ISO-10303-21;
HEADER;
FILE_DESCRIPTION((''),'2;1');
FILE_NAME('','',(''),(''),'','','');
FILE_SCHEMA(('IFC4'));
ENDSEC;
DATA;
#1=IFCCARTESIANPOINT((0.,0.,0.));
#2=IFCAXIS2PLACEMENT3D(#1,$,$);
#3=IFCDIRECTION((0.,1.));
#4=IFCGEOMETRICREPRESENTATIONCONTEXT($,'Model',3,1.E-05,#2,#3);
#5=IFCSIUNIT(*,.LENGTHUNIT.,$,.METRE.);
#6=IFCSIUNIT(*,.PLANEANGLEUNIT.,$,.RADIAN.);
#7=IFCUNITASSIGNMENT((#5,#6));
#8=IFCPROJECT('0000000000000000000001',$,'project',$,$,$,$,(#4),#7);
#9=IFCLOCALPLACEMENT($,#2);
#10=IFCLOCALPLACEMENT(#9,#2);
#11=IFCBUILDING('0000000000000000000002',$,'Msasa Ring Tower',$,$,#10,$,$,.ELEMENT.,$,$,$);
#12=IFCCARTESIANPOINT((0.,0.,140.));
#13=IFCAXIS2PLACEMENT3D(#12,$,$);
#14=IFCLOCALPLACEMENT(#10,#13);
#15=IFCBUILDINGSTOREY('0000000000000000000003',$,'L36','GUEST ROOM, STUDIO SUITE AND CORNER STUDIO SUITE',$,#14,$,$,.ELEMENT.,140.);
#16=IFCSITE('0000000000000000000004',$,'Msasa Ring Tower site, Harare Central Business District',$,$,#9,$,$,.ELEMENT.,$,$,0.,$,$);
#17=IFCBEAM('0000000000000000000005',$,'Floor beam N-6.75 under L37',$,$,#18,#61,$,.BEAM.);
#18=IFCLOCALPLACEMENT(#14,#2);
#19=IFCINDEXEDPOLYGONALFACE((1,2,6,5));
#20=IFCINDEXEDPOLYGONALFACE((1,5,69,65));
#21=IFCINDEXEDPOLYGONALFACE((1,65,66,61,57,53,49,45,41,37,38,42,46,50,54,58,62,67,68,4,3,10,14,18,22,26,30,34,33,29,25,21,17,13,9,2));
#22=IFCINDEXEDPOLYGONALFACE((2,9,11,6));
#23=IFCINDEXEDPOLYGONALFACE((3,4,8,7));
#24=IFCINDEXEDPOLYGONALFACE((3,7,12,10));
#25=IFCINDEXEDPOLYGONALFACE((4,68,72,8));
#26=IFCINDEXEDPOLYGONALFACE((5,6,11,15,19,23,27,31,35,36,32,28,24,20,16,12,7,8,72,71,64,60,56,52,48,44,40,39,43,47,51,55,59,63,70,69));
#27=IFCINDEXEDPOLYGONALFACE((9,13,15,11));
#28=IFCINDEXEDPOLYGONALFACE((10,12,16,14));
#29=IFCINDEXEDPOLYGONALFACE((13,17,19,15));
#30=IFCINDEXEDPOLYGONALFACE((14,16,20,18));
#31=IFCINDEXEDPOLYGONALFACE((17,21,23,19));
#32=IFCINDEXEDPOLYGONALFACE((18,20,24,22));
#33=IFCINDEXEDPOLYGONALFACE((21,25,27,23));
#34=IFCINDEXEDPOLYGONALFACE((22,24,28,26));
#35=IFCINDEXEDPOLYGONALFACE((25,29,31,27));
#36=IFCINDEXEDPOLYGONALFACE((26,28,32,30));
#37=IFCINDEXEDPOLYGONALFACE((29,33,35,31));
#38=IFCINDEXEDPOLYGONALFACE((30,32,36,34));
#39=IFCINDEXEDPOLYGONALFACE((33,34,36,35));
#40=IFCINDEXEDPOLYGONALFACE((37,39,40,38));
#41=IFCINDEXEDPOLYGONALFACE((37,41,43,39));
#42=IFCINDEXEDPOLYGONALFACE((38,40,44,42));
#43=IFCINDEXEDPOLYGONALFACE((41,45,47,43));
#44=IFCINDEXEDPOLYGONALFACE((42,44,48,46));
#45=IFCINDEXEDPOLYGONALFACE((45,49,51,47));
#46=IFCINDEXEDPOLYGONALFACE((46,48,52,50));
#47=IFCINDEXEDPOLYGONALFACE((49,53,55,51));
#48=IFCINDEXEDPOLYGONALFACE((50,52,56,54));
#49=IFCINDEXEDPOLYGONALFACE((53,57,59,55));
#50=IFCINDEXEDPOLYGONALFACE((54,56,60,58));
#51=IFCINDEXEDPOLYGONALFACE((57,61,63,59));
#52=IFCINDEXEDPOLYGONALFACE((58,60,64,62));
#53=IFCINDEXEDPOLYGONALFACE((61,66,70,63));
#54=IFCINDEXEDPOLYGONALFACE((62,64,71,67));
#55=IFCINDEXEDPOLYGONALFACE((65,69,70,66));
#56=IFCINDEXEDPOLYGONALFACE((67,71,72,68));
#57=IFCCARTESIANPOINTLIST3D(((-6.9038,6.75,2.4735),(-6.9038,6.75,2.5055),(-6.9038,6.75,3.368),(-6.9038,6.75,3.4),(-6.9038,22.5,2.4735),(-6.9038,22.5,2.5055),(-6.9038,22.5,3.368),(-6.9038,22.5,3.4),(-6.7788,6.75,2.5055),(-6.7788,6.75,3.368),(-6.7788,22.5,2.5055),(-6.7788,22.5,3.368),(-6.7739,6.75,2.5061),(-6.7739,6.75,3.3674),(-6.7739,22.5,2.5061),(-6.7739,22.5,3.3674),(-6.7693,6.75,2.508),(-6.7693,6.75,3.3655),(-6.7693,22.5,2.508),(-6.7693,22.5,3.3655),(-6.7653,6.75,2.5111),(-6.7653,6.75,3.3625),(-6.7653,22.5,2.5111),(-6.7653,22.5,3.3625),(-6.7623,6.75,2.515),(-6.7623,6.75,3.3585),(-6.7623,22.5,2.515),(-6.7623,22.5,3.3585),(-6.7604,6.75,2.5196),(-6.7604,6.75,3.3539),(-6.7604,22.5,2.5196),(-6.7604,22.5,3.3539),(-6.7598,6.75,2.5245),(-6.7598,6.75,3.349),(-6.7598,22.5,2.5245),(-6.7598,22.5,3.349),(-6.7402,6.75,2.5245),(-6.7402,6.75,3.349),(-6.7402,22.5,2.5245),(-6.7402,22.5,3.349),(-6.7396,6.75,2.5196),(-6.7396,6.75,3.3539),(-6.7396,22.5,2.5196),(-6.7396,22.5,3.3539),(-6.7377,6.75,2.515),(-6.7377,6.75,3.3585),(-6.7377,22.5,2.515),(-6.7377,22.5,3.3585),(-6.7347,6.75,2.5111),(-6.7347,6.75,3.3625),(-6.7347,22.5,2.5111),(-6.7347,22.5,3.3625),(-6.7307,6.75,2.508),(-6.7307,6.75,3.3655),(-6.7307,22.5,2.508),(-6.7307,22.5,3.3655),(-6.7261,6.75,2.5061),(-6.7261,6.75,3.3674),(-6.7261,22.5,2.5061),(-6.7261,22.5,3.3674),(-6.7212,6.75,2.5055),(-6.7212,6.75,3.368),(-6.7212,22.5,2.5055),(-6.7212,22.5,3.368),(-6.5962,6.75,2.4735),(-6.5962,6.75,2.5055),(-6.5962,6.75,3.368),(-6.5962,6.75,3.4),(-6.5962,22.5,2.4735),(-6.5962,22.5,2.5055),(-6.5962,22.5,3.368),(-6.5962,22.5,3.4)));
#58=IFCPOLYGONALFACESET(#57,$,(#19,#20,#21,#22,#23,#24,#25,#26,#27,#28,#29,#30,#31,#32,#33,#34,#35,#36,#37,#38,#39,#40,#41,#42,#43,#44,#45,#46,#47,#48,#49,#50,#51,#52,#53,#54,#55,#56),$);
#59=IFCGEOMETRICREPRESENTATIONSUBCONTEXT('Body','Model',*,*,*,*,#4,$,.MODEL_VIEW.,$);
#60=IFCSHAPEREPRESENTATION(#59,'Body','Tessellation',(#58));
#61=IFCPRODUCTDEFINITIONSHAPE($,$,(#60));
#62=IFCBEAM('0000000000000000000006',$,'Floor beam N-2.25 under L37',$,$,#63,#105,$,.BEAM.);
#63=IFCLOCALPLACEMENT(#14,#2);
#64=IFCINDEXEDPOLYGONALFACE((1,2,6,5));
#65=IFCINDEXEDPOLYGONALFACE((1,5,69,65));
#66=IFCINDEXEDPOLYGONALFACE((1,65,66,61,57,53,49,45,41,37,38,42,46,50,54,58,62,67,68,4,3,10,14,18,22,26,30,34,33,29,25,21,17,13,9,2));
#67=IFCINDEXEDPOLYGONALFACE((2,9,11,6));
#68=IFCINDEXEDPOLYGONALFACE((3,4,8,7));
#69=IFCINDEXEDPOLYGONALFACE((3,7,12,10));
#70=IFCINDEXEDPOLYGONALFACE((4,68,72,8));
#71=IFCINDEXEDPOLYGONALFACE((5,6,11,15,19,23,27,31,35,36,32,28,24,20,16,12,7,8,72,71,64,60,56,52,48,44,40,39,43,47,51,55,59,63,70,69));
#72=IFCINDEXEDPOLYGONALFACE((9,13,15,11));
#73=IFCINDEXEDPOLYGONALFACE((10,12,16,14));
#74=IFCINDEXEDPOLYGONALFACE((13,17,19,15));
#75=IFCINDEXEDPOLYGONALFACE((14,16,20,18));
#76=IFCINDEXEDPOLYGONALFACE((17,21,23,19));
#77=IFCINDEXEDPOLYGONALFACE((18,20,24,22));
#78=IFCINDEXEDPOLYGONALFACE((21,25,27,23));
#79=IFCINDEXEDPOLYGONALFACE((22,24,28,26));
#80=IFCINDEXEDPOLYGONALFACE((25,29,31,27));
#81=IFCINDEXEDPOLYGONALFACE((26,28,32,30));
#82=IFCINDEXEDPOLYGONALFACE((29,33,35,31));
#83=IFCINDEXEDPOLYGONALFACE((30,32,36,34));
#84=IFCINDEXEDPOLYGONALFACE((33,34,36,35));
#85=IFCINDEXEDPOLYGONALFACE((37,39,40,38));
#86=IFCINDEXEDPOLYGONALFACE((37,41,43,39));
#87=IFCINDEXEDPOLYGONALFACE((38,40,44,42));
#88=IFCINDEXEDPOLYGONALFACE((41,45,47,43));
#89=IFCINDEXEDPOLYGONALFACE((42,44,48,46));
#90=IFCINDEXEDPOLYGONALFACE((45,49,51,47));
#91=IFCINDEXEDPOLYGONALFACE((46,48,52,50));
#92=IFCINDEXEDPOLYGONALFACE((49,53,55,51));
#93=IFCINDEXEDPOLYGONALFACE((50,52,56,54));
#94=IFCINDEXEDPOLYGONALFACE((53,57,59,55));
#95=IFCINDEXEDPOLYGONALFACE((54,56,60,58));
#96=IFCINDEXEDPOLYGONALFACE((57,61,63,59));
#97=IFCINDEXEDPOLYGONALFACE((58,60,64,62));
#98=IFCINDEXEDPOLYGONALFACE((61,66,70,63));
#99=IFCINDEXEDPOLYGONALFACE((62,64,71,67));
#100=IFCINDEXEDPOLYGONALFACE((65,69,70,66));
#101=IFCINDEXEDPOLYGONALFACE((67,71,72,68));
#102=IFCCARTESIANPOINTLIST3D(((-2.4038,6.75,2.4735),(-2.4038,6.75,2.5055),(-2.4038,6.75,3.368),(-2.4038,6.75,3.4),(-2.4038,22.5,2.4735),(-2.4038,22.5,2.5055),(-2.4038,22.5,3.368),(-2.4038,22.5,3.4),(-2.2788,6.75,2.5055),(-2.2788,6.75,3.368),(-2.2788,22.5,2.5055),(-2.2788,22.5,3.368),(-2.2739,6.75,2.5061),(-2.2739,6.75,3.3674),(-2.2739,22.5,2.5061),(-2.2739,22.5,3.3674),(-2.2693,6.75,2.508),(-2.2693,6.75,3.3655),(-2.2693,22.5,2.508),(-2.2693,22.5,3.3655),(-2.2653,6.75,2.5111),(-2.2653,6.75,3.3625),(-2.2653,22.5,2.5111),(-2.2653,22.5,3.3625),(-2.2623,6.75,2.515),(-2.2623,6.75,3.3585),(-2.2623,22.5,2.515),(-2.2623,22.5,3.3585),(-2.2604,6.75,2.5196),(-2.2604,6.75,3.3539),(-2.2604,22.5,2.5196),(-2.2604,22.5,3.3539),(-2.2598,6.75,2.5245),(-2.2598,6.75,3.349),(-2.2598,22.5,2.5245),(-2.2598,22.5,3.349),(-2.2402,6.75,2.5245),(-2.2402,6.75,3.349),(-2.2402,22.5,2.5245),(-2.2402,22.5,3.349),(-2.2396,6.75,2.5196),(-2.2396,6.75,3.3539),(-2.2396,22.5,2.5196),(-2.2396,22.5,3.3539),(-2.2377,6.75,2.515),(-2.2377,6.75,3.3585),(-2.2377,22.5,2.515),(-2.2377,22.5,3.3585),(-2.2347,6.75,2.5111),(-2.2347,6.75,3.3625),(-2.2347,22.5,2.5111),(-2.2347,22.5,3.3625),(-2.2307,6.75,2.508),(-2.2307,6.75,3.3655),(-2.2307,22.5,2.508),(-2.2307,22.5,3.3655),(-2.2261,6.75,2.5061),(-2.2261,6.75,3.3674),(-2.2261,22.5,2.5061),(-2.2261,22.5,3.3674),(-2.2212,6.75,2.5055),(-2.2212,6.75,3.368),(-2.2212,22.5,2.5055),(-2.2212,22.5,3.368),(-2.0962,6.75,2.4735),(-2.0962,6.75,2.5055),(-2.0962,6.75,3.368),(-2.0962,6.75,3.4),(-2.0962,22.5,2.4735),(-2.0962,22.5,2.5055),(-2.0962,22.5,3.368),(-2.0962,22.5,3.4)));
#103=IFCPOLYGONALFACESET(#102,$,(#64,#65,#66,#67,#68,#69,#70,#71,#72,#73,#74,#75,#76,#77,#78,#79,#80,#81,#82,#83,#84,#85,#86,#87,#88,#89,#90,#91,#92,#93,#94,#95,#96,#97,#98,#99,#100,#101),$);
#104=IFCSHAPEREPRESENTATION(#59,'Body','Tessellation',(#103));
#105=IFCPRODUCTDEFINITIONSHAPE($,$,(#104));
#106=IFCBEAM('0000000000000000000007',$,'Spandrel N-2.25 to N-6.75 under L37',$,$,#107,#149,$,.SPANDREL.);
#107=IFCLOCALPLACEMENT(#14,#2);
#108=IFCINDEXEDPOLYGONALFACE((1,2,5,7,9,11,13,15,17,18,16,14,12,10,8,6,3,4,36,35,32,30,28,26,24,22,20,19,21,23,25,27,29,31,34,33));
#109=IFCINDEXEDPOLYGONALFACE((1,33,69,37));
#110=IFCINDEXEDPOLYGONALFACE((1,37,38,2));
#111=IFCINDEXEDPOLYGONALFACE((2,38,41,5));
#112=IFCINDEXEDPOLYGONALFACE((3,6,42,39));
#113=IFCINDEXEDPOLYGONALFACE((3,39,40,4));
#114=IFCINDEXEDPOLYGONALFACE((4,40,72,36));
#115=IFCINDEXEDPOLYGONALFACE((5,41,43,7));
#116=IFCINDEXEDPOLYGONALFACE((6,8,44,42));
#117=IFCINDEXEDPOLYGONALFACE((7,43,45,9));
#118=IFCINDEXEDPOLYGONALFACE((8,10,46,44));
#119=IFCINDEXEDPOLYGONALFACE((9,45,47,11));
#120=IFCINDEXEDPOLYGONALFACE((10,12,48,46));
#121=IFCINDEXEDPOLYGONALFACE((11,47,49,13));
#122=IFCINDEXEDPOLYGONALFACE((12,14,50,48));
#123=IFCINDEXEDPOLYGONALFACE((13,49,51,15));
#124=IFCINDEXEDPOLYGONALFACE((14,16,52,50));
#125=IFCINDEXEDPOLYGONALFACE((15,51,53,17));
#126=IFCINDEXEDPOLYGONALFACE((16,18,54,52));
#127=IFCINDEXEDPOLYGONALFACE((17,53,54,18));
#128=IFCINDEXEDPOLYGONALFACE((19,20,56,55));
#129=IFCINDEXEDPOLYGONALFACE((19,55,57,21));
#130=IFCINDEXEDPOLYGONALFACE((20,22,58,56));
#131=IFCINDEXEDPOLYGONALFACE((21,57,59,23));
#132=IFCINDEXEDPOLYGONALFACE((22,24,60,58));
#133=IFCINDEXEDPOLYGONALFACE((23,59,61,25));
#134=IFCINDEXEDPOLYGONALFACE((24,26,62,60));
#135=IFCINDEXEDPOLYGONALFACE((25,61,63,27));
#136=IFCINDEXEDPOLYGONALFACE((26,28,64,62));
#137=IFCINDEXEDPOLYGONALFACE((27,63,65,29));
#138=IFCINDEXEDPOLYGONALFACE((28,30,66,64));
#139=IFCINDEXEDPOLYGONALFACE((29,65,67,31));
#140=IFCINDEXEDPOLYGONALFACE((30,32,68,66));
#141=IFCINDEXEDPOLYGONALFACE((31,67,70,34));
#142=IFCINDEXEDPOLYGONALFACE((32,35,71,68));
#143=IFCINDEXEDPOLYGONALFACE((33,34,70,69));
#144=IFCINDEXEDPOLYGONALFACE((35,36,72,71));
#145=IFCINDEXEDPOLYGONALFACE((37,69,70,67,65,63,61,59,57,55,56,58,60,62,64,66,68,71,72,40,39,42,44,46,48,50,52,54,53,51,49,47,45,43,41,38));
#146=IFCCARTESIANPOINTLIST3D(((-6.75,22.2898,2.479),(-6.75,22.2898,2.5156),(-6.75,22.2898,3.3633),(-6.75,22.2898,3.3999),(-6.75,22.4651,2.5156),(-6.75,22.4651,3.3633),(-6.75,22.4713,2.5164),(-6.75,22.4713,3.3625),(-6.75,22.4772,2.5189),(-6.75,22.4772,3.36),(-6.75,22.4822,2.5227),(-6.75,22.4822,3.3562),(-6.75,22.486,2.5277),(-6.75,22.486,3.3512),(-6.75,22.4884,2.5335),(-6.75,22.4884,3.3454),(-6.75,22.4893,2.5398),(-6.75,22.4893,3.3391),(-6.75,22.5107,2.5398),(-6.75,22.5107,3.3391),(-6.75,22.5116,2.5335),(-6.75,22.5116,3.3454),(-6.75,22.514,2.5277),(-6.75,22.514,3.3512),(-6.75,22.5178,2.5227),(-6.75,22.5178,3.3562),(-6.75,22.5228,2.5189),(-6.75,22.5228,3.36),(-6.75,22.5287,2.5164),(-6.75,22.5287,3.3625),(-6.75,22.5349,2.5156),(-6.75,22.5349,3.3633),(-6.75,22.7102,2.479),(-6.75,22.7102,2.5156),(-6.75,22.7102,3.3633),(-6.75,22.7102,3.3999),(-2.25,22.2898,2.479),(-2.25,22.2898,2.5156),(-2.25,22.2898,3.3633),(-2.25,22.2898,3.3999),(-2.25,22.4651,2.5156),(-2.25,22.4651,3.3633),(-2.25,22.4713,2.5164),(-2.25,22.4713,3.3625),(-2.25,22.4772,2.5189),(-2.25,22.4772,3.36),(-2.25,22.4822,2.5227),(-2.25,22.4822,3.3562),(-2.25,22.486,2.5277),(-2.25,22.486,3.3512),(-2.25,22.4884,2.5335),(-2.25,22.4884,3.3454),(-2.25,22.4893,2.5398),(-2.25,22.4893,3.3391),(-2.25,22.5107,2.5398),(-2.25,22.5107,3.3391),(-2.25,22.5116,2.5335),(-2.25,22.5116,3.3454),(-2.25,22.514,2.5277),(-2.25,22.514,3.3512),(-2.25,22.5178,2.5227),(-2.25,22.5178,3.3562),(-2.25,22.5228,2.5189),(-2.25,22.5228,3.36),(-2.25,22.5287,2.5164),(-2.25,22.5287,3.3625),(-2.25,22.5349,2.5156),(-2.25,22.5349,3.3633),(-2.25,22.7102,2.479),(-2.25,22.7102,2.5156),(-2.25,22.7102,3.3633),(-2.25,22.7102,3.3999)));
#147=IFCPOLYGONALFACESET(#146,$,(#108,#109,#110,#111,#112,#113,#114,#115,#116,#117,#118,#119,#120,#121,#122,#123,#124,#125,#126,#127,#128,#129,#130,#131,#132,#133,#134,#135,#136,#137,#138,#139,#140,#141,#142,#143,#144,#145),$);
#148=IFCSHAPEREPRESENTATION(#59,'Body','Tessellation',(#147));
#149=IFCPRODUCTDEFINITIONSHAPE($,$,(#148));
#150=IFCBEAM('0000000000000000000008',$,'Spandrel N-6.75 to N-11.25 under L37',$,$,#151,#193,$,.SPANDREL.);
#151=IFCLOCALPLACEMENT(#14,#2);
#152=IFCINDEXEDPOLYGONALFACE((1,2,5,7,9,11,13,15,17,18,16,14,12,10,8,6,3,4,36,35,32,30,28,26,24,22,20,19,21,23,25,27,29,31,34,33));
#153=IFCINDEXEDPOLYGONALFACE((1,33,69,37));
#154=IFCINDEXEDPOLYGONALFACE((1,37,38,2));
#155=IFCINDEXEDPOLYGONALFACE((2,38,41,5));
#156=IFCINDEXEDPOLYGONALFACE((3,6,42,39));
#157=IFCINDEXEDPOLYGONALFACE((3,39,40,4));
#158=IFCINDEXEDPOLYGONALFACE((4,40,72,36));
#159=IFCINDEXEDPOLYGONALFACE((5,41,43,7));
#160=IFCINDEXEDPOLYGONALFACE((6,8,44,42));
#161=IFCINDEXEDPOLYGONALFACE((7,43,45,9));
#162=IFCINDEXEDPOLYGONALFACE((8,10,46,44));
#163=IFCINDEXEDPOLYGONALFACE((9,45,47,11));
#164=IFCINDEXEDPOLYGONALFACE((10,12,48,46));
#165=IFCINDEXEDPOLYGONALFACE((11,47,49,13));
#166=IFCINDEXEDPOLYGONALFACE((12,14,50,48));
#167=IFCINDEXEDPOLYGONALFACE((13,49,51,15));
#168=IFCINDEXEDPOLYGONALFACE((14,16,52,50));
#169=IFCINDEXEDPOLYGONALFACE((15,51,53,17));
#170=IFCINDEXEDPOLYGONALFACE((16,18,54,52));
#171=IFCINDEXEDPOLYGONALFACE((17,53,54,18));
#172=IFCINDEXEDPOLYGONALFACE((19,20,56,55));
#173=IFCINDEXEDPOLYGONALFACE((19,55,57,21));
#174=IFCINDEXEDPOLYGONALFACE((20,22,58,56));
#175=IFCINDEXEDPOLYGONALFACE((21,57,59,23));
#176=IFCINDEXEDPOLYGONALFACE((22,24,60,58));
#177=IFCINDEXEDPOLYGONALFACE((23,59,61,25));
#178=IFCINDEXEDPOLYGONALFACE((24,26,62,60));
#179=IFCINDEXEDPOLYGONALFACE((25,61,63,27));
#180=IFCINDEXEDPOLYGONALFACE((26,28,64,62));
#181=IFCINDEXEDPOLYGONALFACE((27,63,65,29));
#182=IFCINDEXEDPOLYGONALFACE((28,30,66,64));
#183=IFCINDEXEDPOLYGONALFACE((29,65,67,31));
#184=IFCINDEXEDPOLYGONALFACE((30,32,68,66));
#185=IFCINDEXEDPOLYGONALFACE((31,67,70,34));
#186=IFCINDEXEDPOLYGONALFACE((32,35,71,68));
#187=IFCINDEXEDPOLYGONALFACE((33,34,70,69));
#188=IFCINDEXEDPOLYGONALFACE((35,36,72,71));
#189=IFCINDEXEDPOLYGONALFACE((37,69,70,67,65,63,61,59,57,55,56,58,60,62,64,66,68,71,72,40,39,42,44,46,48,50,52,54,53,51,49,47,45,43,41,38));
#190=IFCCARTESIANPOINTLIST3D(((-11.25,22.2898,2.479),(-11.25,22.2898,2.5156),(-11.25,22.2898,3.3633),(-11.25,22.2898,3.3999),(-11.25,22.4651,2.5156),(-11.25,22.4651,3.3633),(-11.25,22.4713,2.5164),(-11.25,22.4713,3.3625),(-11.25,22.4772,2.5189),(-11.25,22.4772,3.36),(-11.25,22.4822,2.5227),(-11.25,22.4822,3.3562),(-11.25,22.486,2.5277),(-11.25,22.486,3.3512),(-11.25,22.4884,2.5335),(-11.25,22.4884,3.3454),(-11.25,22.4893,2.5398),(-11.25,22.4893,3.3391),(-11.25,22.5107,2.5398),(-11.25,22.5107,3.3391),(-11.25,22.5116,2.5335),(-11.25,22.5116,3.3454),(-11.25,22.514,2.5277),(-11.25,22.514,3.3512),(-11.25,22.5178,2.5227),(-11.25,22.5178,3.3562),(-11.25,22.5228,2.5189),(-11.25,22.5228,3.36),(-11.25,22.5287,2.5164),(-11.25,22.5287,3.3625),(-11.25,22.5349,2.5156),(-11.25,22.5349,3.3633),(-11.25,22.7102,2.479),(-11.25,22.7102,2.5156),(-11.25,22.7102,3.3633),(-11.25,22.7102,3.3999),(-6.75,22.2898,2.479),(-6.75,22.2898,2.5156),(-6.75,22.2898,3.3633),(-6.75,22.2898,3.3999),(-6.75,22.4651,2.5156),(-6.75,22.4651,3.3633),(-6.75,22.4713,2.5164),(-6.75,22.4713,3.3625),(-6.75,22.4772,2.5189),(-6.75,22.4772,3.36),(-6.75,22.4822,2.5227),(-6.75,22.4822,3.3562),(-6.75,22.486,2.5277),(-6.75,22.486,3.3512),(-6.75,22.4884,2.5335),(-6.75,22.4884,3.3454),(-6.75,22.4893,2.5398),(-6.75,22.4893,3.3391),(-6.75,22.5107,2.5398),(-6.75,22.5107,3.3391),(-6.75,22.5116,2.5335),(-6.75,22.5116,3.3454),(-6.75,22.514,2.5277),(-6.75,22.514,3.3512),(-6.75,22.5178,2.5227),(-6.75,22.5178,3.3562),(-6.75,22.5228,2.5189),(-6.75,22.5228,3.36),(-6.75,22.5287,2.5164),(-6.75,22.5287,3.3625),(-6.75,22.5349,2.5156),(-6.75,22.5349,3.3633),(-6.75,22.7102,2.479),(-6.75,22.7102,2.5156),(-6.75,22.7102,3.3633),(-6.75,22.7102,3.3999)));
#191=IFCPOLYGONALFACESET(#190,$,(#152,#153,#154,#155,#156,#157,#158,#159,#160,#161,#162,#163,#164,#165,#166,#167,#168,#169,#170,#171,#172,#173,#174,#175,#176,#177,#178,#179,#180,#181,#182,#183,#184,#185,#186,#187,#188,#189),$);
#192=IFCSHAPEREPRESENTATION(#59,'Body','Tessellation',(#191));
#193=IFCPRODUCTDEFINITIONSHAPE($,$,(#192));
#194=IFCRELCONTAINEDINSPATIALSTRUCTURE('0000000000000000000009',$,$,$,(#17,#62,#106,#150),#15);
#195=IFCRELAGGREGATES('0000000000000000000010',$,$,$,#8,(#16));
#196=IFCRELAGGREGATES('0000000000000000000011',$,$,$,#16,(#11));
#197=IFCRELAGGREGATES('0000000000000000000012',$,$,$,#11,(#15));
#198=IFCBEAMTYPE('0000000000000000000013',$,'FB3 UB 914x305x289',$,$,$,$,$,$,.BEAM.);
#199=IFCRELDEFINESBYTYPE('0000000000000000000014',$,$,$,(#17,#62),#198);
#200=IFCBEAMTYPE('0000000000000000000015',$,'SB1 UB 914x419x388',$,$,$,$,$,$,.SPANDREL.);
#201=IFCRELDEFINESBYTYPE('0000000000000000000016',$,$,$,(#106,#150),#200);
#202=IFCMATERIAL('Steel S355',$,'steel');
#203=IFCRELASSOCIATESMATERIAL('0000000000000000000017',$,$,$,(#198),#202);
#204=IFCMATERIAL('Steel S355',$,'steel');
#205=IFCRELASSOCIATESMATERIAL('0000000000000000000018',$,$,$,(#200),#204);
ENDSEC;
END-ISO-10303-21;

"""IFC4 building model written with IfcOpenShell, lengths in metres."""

from ifc_helpers import new_model, si_unit, direction, frame, origin, origin_2d, place, context, subcontext, project, spatial, i_section, extrude, material, material_profile, profile_set, type_object, element, save


model = new_model("IFC4")

# Units and contexts
model_context = context("Model", 3, precision=1e-05, world=origin(), true_north=direction((0.0, 1.0)))
body_context = subcontext(model_context, "Body", "Model", "MODEL_VIEW")
ifc_project = project(units=[si_unit("LENGTHUNIT", "METRE"), si_unit("PLANEANGLEUNIT", "RADIAN")], contexts=[model_context])

# Site, building, storey
site_placement = place(None, origin())
site = spatial("IfcSite", under=ifc_project, at=site_placement, Name="Msasa Ring Tower site, Harare Central Business District", CompositionType="ELEMENT", RefElevation=0.0)
building_placement = place(site_placement, origin())
building = spatial("IfcBuilding", under=site, at=building_placement, Name="Msasa Ring Tower", CompositionType="ELEMENT")
storey_placement = place(building_placement, frame((0.0, 0.0, 140.0)))
storey = spatial("IfcBuildingStorey", under=building, at=storey_placement, Name="L36", Description="GUEST ROOM, STUDIO SUITE AND CORNER STUDIO SUITE", CompositionType="ELEMENT", Elevation=140.0)

# Beams
ifc_material_1 = material(Name="Steel S355", Category="steel")
ifc_material_profile_1 = material_profile(ifc_material_1, i_section(OverallWidth=0.3076, OverallDepth=0.9265, WebThickness=0.0195, FlangeThickness=0.032, FilletRadius=0.019, at=origin_2d()), Name="UB 914x305x289")
ifc_profile_set_1 = profile_set([ifc_material_profile_1], Name="Steel S355")
beam_type_1 = type_object("IfcBeamType", Name="FB3 UB 914x305x289", PredefinedType="BEAM", material=ifc_profile_set_1)
for number, where, z_axis, x_axis, name in (
    (1, (-6.75, 22.5, 2.9368), (0.0, -1.0, 0.0), (1.0, 0.0, 0.0), "Floor beam N-6.75 under L37"),
    (2, (-2.25, 22.5, 2.9368), (0.0, -1.0, 0.0), (1.0, 0.0, 0.0), "Floor beam N-2.25 under L37"),
):
    element("IfcBeam", number, at=place(storey_placement, frame(where, z_axis=z_axis, x_axis=x_axis)), inside=storey, type_object=beam_type_1, Name=name, PredefinedType="BEAM", context=body_context, shape_type="SweptSolid", body=[
        extrude(i_section(OverallWidth=0.3076, OverallDepth=0.9265, WebThickness=0.0195, FlangeThickness=0.032, FilletRadius=0.019, at=origin_2d()), origin(), (0.0, 0.0, 1.0), 15.75),
    ])
ifc_material_2 = material(Name="Steel S355", Category="steel")
ifc_material_profile_2 = material_profile(ifc_material_2, i_section(OverallWidth=0.4204, OverallDepth=0.9209, WebThickness=0.0215, FlangeThickness=0.0366, FilletRadius=0.0242, at=origin_2d()), Name="UB 914x419x388")
ifc_profile_set_2 = profile_set([ifc_material_profile_2], Name="Steel S355")
beam_type_2 = type_object("IfcBeamType", Name="SB1 UB 914x419x388", PredefinedType="SPANDREL", material=ifc_profile_set_2)
for number, where, z_axis, x_axis, name in (
    (3, (-2.25, 22.5, 2.9395), (-1.0, 0.0, 0.0), (0.0, -1.0, 0.0), "Spandrel N-2.25 to N-6.75 under L37"),
    (4, (-6.75, 22.5, 2.9395), (-1.0, 0.0, 0.0), (0.0, -1.0, 0.0), "Spandrel N-6.75 to N-11.25 under L37"),
):
    element("IfcBeam", number, at=place(storey_placement, frame(where, z_axis=z_axis, x_axis=x_axis)), inside=storey, type_object=beam_type_2, Name=name, PredefinedType="SPANDREL", context=body_context, shape_type="SweptSolid", body=[
        extrude(i_section(OverallWidth=0.4204, OverallDepth=0.9209, WebThickness=0.0215, FlangeThickness=0.0366, FilletRadius=0.0242, at=origin_2d()), origin(), (0.0, 0.0, 1.0), 4.5),
    ])

save(model, "model.ifc")
